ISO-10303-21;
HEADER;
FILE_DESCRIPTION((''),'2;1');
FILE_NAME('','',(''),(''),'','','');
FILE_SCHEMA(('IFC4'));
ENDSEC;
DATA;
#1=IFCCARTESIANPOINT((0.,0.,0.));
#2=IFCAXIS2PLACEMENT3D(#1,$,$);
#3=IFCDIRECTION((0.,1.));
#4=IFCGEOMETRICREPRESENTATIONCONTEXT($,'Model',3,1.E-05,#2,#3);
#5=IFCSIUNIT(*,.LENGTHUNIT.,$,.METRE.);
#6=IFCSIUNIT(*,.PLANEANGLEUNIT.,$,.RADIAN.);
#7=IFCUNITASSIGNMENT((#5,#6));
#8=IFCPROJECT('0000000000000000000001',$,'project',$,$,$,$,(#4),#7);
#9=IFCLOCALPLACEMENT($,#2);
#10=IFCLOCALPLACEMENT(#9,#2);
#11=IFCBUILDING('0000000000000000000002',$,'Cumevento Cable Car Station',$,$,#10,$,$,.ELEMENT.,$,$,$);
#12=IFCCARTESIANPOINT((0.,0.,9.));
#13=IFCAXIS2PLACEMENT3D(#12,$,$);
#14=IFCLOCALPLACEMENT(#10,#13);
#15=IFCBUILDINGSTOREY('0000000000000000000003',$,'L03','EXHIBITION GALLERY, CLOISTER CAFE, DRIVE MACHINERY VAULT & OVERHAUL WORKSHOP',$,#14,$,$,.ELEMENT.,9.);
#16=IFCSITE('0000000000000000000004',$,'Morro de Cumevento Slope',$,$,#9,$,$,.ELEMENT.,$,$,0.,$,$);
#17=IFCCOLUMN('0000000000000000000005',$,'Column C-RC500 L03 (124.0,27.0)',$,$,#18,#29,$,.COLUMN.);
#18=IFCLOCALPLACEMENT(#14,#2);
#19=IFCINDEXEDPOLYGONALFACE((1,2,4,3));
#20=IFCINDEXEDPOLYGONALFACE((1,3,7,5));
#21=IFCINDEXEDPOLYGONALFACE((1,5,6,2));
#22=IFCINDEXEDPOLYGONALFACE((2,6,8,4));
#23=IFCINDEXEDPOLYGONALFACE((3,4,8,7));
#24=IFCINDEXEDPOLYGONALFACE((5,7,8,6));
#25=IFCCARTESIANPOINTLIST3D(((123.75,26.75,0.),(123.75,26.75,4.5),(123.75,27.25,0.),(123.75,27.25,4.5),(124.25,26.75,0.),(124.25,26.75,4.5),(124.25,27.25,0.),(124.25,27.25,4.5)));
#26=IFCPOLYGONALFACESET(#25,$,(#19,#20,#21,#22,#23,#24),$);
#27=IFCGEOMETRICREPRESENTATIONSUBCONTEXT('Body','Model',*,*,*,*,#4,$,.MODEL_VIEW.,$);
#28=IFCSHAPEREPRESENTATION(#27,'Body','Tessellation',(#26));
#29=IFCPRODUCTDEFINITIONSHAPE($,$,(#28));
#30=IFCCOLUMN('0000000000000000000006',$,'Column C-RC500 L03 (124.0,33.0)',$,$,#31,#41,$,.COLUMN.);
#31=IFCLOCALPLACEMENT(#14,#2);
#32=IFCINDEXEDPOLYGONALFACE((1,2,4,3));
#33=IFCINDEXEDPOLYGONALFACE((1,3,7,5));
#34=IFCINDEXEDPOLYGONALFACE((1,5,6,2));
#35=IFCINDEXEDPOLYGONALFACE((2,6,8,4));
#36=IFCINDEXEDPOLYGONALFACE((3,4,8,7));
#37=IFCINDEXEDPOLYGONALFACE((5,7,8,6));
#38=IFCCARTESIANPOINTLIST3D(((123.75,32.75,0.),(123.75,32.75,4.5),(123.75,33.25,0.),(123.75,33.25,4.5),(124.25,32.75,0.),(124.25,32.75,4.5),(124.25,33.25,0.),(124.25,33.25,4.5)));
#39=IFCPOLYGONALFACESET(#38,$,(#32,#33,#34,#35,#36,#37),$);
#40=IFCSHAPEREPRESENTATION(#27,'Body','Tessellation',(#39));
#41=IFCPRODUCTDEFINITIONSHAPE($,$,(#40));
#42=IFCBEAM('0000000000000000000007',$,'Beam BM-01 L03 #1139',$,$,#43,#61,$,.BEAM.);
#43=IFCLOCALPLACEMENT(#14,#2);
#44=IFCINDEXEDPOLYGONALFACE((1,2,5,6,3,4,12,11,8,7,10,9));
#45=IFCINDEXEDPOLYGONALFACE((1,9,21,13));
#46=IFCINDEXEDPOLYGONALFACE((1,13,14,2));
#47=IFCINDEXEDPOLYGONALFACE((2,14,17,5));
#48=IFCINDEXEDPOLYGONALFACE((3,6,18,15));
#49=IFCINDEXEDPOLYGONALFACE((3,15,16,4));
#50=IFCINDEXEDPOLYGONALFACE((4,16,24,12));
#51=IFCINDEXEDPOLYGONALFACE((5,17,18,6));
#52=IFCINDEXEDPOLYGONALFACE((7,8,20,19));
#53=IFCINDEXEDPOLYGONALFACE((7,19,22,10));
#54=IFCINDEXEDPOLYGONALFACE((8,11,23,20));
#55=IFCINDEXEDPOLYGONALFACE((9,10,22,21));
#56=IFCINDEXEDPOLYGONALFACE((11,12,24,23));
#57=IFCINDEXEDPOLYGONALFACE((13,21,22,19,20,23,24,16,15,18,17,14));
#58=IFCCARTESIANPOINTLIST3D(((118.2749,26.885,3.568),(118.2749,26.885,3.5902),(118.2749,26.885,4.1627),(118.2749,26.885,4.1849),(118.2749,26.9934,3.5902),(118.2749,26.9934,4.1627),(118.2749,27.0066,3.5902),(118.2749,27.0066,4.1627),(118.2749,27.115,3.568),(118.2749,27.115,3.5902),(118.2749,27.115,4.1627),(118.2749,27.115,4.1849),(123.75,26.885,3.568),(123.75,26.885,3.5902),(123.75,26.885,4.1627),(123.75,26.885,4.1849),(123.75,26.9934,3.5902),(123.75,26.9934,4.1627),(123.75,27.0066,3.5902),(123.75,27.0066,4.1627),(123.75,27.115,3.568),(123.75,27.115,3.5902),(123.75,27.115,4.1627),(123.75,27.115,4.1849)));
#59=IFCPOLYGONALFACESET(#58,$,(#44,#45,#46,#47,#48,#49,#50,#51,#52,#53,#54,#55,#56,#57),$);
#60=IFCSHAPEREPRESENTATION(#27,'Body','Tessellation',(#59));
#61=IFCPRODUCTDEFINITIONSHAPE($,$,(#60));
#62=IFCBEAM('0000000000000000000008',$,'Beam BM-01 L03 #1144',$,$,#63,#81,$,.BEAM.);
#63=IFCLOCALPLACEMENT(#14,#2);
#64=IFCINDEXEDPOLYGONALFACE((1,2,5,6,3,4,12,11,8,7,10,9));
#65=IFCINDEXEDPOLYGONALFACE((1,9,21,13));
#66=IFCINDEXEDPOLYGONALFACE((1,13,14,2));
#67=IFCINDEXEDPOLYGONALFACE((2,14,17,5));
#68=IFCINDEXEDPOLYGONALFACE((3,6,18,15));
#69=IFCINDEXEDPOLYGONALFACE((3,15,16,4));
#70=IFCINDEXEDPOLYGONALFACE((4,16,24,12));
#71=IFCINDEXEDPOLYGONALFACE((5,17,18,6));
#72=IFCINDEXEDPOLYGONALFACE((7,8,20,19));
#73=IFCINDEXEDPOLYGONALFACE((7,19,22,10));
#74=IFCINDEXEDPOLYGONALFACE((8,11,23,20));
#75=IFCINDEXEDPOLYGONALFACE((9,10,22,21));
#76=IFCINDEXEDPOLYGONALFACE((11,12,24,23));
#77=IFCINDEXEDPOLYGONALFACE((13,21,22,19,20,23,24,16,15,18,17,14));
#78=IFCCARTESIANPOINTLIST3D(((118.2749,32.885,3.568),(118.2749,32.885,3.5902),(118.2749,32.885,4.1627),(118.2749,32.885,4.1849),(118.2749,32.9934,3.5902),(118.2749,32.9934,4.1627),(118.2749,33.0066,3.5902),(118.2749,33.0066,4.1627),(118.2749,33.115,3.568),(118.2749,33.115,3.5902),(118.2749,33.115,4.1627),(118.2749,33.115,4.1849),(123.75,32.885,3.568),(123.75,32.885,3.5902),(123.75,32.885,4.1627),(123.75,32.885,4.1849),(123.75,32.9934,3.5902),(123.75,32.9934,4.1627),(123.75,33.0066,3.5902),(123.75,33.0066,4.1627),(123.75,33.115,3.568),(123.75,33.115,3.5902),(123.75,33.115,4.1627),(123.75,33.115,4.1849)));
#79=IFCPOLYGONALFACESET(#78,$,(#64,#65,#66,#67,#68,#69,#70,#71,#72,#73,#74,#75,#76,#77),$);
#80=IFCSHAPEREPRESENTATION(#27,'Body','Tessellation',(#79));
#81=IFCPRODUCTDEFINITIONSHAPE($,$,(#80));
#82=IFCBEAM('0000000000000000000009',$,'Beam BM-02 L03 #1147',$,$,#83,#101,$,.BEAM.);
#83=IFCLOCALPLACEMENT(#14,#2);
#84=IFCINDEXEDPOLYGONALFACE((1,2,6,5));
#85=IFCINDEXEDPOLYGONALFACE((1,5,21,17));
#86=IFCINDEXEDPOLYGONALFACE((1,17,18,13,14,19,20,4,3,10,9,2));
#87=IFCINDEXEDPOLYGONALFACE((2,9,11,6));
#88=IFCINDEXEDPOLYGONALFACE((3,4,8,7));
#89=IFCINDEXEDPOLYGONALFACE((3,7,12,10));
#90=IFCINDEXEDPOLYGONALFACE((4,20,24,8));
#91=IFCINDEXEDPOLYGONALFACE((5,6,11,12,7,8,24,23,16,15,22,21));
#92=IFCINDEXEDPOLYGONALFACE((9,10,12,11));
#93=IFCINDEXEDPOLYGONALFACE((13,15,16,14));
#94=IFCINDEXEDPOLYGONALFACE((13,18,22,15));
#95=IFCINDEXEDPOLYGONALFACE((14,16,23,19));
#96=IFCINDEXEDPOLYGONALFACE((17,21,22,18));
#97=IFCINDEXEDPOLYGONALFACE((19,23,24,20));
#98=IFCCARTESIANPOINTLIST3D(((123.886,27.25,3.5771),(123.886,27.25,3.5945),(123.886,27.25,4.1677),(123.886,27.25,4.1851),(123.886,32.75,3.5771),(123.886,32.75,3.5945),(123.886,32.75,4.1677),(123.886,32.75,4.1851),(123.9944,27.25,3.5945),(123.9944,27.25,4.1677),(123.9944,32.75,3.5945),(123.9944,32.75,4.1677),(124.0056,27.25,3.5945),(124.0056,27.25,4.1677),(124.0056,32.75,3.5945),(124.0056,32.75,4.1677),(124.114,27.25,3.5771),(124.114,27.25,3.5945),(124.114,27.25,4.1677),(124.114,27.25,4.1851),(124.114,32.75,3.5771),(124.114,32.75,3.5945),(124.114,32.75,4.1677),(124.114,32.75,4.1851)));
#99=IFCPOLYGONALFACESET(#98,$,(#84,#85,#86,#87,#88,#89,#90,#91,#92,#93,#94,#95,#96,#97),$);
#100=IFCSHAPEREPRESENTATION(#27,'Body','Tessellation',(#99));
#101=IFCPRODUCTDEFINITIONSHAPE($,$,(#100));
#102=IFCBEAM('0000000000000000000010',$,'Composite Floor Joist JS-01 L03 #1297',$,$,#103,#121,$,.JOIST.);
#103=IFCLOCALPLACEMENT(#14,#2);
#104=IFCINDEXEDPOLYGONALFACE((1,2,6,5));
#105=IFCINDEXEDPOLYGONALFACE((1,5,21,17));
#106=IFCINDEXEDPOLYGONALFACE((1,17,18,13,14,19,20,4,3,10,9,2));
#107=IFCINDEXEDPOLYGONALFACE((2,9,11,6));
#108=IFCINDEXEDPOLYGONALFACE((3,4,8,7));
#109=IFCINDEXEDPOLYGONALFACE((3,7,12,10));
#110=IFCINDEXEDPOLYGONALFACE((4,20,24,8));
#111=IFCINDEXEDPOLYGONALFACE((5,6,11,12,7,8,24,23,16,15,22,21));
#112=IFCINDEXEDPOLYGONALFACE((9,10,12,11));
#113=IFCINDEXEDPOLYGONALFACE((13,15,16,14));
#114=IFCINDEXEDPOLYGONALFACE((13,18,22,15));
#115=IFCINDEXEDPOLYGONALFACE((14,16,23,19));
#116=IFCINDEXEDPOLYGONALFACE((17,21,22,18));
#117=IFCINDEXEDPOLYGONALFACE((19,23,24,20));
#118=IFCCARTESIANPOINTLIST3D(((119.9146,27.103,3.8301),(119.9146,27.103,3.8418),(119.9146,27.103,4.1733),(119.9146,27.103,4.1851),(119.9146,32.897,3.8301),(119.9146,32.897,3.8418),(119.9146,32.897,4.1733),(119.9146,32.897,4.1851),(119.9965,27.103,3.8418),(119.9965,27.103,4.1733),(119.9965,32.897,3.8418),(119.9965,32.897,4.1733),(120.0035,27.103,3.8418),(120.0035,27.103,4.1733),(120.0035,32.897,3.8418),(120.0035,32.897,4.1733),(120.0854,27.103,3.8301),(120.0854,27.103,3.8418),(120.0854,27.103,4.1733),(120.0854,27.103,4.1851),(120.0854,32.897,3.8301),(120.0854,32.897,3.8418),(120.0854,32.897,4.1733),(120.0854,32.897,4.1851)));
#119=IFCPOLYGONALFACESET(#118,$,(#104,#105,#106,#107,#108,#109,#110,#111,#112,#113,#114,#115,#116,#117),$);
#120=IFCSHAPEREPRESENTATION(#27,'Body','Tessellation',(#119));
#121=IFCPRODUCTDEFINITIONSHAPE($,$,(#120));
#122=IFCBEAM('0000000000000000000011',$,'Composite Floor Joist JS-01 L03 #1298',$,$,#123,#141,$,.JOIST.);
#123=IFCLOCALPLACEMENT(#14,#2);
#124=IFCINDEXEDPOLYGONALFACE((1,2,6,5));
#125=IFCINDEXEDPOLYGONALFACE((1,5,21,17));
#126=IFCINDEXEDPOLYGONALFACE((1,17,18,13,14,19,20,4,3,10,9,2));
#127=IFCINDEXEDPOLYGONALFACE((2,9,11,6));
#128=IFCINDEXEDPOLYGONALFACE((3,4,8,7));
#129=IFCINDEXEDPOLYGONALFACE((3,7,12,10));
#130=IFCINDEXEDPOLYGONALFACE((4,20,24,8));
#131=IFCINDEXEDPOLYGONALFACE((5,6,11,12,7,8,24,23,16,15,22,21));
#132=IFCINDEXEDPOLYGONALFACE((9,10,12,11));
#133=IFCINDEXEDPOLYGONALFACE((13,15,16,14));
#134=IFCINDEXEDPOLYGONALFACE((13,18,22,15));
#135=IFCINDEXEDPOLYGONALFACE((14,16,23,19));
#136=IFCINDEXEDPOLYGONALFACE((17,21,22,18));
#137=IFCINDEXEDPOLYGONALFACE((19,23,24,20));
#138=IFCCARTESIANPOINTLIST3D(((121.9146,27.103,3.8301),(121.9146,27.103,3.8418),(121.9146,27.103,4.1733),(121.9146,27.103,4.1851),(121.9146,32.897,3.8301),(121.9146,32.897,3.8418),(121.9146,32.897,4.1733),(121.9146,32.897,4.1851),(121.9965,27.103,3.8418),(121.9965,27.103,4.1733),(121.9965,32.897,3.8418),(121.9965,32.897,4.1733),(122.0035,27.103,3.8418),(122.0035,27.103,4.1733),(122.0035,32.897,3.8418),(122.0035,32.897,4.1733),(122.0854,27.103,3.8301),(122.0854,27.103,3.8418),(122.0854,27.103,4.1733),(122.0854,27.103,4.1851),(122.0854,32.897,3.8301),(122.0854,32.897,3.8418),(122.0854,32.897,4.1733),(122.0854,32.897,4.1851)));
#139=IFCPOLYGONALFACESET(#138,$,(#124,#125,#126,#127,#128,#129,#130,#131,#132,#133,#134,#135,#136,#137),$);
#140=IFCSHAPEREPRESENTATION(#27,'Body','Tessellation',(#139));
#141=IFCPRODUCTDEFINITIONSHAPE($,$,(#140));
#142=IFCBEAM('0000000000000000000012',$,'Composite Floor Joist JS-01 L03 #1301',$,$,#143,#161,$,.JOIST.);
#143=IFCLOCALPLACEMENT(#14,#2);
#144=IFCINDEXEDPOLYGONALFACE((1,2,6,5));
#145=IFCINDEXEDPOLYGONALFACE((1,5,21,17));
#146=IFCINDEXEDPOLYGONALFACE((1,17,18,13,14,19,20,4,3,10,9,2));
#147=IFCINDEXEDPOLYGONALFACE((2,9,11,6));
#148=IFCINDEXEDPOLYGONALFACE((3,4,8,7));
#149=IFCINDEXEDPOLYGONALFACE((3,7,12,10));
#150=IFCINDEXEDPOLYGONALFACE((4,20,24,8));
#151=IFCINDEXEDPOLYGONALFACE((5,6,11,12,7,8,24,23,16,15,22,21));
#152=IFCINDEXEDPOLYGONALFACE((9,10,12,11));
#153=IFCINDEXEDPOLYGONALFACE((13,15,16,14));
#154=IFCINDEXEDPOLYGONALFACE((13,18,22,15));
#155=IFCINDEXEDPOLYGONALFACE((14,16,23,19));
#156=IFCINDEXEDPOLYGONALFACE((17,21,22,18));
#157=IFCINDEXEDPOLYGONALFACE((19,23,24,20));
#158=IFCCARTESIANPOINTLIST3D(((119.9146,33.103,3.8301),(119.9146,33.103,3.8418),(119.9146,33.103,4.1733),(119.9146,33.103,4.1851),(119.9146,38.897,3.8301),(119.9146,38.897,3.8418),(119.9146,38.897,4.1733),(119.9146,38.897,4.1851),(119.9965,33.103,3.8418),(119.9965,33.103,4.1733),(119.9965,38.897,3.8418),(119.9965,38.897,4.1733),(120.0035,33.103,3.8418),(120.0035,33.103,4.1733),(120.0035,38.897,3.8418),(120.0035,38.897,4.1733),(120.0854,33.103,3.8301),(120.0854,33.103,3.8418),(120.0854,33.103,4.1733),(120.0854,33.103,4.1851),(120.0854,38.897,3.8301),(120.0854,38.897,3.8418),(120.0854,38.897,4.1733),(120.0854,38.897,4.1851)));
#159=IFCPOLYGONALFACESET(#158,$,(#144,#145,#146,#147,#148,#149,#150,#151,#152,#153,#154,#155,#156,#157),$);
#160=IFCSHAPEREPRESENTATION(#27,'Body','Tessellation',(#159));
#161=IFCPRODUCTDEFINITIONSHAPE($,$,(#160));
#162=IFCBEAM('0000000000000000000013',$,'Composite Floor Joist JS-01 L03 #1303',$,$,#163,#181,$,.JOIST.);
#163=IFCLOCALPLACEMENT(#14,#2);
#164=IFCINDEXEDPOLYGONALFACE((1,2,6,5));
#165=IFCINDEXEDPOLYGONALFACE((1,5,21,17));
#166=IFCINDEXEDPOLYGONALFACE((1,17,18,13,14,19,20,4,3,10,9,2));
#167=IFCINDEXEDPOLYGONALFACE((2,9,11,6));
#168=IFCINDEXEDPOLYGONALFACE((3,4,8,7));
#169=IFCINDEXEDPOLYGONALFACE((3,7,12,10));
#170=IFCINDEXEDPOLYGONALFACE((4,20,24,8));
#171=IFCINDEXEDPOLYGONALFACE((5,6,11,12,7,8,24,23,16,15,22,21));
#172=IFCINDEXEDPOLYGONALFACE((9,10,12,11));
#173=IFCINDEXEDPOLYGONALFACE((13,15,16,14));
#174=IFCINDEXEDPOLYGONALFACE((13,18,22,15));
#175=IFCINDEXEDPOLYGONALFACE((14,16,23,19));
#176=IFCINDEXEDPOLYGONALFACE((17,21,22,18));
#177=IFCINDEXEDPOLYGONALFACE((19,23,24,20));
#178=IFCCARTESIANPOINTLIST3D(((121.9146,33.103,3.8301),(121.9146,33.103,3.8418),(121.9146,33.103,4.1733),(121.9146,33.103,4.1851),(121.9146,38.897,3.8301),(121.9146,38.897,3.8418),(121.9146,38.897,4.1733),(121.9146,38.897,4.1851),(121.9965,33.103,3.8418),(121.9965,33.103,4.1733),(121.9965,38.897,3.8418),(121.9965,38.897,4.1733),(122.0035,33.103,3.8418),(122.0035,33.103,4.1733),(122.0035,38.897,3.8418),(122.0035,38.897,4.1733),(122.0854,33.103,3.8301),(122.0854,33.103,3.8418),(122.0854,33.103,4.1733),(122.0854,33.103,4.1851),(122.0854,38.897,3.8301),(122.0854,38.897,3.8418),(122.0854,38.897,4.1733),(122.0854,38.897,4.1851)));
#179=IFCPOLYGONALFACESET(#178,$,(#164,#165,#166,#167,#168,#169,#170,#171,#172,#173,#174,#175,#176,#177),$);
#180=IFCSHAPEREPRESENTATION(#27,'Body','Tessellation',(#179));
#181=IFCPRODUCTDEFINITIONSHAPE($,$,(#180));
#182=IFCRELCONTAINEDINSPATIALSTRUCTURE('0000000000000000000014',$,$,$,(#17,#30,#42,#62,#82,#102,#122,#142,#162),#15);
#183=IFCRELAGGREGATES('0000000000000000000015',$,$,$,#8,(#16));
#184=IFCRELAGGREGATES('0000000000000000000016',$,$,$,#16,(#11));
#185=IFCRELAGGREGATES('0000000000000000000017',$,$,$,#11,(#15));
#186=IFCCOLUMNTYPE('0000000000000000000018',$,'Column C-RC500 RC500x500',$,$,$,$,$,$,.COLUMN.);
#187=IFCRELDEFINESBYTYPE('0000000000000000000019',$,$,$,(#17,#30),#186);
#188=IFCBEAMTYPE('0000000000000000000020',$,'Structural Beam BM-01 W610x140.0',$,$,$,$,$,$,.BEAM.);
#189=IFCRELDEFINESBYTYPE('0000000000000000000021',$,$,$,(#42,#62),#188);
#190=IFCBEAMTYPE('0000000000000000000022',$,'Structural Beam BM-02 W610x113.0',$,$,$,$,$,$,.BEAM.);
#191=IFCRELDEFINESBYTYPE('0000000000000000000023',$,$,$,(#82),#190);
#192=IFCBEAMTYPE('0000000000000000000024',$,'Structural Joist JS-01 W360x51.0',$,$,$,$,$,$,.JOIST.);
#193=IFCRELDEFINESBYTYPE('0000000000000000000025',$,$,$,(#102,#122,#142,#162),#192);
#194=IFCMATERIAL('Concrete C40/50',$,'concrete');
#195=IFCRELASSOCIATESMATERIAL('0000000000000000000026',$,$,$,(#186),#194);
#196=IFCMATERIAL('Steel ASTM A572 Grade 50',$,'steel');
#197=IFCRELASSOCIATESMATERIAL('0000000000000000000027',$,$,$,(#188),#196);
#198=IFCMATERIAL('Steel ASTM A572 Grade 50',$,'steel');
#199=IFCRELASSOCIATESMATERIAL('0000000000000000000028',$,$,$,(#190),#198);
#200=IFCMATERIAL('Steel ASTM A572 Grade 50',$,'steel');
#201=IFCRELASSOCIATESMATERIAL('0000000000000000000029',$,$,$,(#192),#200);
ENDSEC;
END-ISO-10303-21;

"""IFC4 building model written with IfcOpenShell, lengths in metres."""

from ifc_helpers import new_model, si_unit, direction, frame, origin, origin_2d, place, context, subcontext, project, spatial, rectangle, i_section, extrude, material, material_profile, profile_set, type_object, element, save


model = new_model("IFC4")

# Units and contexts
model_context = context("Model", 3, precision=1e-05, world=origin(), true_north=direction((0.0, 1.0)))
body_context = subcontext(model_context, "Body", "Model", "MODEL_VIEW")
ifc_project = project(units=[si_unit("LENGTHUNIT", "METRE"), si_unit("PLANEANGLEUNIT", "RADIAN")], contexts=[model_context])

# Site, building, storey
site_placement = place(None, origin())
site = spatial("IfcSite", under=ifc_project, at=site_placement, Name="Morro de Cumevento Slope", CompositionType="ELEMENT", RefElevation=0.0)
building_placement = place(site_placement, origin())
building = spatial("IfcBuilding", under=site, at=building_placement, Name="Cumevento Cable Car Station", CompositionType="ELEMENT")
storey_placement = place(building_placement, frame((0.0, 0.0, 9.0)))
storey = spatial("IfcBuildingStorey", under=building, at=storey_placement, Name="L03", Description="EXHIBITION GALLERY, CLOISTER CAFE, DRIVE MACHINERY VAULT & OVERHAUL WORKSHOP", CompositionType="ELEMENT", Elevation=9.0)

# Columns
ifc_material_1 = material(Name="Concrete C40/50", Category="concrete")
ifc_material_profile_1 = material_profile(ifc_material_1, rectangle(XDim=0.5, YDim=0.5, at=origin_2d()), Name="RC500x500")
ifc_profile_set_1 = profile_set([ifc_material_profile_1], Name="Concrete C40/50")
column_type = type_object("IfcColumnType", Name="Column C-RC500 RC500x500", PredefinedType="COLUMN", material=ifc_profile_set_1)
for number, where, z_axis, x_axis, name in (
    (1, (124.0, 27.0, 0.0), (0.0, 0.0, 1.0), (1.0, 0.0, 0.0), "Column C-RC500 L03 (124.0,27.0)"),
    (2, (124.0, 33.0, 0.0), (0.0, 0.0, 1.0), (1.0, 0.0, 0.0), "Column C-RC500 L03 (124.0,33.0)"),
):
    element("IfcColumn", number, at=place(storey_placement, frame(where, z_axis=z_axis, x_axis=x_axis)), inside=storey, type_object=column_type, Name=name, PredefinedType="COLUMN", context=body_context, shape_type="SweptSolid", body=[
        extrude(rectangle(XDim=0.5, YDim=0.5, at=origin_2d()), origin(), (0.0, 0.0, 1.0), 4.5),
    ])

# Beams
ifc_material_2 = material(Name="Steel ASTM A572 Grade 50", Category="steel")
ifc_material_profile_2 = material_profile(ifc_material_2, i_section(OverallWidth=0.23, OverallDepth=0.6169, WebThickness=0.0132, FlangeThickness=0.0222, at=origin_2d()), Name="W610x140.0")
ifc_profile_set_2 = profile_set([ifc_material_profile_2], Name="Steel ASTM A572 Grade 50")
beam_type_1 = type_object("IfcBeamType", Name="Structural Beam BM-01 W610x140.0", PredefinedType="BEAM", material=ifc_profile_set_2)
for number, where, z_axis, x_axis, name in (
    (3, (118.2749, 27.0, 3.8765), (1.0, 0.0, 0.0), (0.0, 1.0, 0.0), "Beam BM-01 L03 #1139"),
    (4, (118.2749, 33.0, 3.8765), (1.0, 0.0, 0.0), (0.0, 1.0, 0.0), "Beam BM-01 L03 #1144"),
):
    element("IfcBeam", number, at=place(storey_placement, frame(where, z_axis=z_axis, x_axis=x_axis)), inside=storey, type_object=beam_type_1, Name=name, PredefinedType="BEAM", context=body_context, shape_type="SweptSolid", body=[
        extrude(i_section(OverallWidth=0.23, OverallDepth=0.6169, WebThickness=0.0132, FlangeThickness=0.0222, at=origin_2d()), origin(), (0.0, 0.0, 1.0), 5.4751),
    ])
ifc_material_3 = material(Name="Steel ASTM A572 Grade 50", Category="steel")
ifc_material_profile_3 = material_profile(ifc_material_3, i_section(OverallWidth=0.228, OverallDepth=0.6079, WebThickness=0.0112, FlangeThickness=0.0173, at=origin_2d()), Name="W610x113.0")
ifc_profile_set_3 = profile_set([ifc_material_profile_3], Name="Steel ASTM A572 Grade 50")
beam_type_2 = type_object("IfcBeamType", Name="Structural Beam BM-02 W610x113.0", PredefinedType="BEAM", material=ifc_profile_set_3)
beam_placement = place(storey_placement, frame((124.0, 27.25, 3.8811), z_axis=(0.0, 1.0, 0.0), x_axis=(-1.0, 0.0, 0.0)))
element("IfcBeam", 5, at=beam_placement, inside=storey, type_object=beam_type_2, Name="Beam BM-02 L03 #1147", PredefinedType="BEAM", context=body_context, shape_type="SweptSolid", body=[
    extrude(i_section(OverallWidth=0.228, OverallDepth=0.6079, WebThickness=0.0112, FlangeThickness=0.0173, at=origin_2d()), origin(), (0.0, 0.0, 1.0), 5.5),
])
ifc_material_4 = material(Name="Steel ASTM A572 Grade 50", Category="steel")
ifc_material_profile_4 = material_profile(ifc_material_4, i_section(OverallWidth=0.1709, OverallDepth=0.355, WebThickness=0.0071, FlangeThickness=0.0117, at=origin_2d()), Name="W360x51.0")
ifc_profile_set_4 = profile_set([ifc_material_profile_4], Name="Steel ASTM A572 Grade 50")
beam_type_3 = type_object("IfcBeamType", Name="Structural Joist JS-01 W360x51.0", PredefinedType="JOIST", material=ifc_profile_set_4)
for number, where, z_axis, x_axis, name in (
    (6, (120.0, 27.103, 4.0076), (0.0, 1.0, 0.0), (-1.0, 0.0, 0.0), "Composite Floor Joist JS-01 L03 #1297"),
    (7, (122.0, 27.103, 4.0076), (0.0, 1.0, 0.0), (-1.0, 0.0, 0.0), "Composite Floor Joist JS-01 L03 #1298"),
    (8, (120.0, 33.103, 4.0076), (0.0, 1.0, 0.0), (-1.0, 0.0, 0.0), "Composite Floor Joist JS-01 L03 #1301"),
    (9, (122.0, 33.103, 4.0076), (0.0, 1.0, 0.0), (-1.0, 0.0, 0.0), "Composite Floor Joist JS-01 L03 #1303"),
):
    element("IfcBeam", number, at=place(storey_placement, frame(where, z_axis=z_axis, x_axis=x_axis)), inside=storey, type_object=beam_type_3, Name=name, PredefinedType="JOIST", context=body_context, shape_type="SweptSolid", body=[
        extrude(i_section(OverallWidth=0.1709, OverallDepth=0.355, WebThickness=0.0071, FlangeThickness=0.0117, at=origin_2d()), origin(), (0.0, 0.0, 1.0), 5.7939),
    ])

save(model, "model.ifc")
